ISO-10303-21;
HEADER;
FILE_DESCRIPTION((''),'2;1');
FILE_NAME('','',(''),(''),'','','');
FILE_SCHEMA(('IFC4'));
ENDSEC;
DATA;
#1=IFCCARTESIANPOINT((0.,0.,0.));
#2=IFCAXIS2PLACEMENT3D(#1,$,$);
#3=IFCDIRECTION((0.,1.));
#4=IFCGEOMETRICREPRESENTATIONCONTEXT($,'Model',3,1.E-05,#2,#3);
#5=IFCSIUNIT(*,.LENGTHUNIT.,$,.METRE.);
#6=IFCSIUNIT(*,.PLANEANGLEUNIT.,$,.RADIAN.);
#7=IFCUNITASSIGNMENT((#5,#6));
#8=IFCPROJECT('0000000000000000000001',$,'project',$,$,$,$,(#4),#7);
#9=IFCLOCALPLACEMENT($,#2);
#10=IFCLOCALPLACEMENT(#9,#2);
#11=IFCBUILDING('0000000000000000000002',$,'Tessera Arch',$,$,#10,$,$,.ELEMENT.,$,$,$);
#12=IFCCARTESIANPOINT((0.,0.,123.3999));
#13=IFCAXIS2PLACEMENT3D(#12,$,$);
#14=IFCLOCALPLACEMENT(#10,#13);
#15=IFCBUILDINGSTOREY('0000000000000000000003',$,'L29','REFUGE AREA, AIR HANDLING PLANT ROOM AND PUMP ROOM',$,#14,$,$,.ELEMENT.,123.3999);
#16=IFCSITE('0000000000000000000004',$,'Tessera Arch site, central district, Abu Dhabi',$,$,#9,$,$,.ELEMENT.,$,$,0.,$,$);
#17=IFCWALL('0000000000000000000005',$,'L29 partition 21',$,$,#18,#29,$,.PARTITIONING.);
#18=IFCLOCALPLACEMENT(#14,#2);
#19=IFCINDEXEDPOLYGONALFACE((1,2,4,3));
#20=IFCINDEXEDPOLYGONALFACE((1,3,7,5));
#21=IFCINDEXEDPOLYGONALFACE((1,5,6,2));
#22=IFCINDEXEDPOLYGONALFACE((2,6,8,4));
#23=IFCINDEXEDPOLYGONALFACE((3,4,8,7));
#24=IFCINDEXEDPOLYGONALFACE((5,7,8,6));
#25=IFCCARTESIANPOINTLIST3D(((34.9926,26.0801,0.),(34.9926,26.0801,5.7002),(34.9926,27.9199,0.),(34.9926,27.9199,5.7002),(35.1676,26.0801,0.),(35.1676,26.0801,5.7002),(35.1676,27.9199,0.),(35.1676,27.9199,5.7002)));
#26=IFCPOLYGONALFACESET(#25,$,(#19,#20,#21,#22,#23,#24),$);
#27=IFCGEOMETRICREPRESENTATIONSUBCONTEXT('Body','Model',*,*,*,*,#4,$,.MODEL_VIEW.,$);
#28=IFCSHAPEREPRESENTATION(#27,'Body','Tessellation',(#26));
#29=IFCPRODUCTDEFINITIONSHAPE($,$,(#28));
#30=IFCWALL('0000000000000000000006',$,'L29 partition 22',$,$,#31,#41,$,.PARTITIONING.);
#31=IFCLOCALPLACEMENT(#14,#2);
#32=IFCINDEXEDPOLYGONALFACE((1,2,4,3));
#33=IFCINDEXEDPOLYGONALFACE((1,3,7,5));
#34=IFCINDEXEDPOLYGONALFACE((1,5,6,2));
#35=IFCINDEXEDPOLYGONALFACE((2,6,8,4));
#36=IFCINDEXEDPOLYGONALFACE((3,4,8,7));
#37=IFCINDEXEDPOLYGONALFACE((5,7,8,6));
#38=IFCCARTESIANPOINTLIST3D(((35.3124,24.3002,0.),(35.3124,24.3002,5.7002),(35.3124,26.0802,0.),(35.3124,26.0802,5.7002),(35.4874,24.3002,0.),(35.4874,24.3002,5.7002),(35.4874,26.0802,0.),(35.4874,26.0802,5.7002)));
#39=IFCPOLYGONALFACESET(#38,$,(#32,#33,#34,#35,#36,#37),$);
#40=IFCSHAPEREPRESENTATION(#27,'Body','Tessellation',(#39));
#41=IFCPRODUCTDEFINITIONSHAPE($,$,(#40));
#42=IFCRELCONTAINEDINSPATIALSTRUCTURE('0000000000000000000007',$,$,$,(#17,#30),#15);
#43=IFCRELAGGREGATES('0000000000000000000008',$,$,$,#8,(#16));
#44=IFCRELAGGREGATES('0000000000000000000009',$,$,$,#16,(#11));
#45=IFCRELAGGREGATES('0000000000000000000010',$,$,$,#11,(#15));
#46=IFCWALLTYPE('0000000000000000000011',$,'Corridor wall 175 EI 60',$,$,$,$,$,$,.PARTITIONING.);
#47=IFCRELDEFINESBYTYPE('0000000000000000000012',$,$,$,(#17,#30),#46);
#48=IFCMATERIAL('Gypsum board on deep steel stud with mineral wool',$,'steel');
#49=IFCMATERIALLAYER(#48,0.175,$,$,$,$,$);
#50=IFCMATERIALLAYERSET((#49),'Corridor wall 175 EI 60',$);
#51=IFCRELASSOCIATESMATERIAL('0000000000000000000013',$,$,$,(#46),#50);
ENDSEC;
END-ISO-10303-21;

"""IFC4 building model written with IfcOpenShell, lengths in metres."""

from ifc_helpers import new_model, si_unit, direction, frame, frame_2d, origin, place, context, subcontext, project, spatial, rectangle, extrude, material, layer, layer_set, type_object, element, save


model = new_model("IFC4")

# Units and contexts
model_context = context("Model", 3, precision=1e-05, world=origin(), true_north=direction((0.0, 1.0)))
body_context = subcontext(model_context, "Body", "Model", "MODEL_VIEW")
ifc_project = project(units=[si_unit("LENGTHUNIT", "METRE"), si_unit("PLANEANGLEUNIT", "RADIAN")], contexts=[model_context])

# Site, building, storey
site_placement = place(None, origin())
site = spatial("IfcSite", under=ifc_project, at=site_placement, Name="Tessera Arch site, central district, Abu Dhabi", CompositionType="ELEMENT", RefElevation=0.0)
building_placement = place(site_placement, origin())
building = spatial("IfcBuilding", under=site, at=building_placement, Name="Tessera Arch", CompositionType="ELEMENT")
storey_placement = place(building_placement, frame((0.0, 0.0, 123.3999)))
storey = spatial("IfcBuildingStorey", under=building, at=storey_placement, Name="L29", Description="REFUGE AREA, AIR HANDLING PLANT ROOM AND PUMP ROOM", CompositionType="ELEMENT", Elevation=123.3999)

# Walls
ifc_material_1 = material(Name="Gypsum board on deep steel stud with mineral wool", Category="steel")
ifc_layer_1 = layer(ifc_material_1, 0.175)
ifc_layer_set_1 = layer_set([ifc_layer_1], Name="Corridor wall 175 EI 60")
wall_type = type_object("IfcWallType", Name="Corridor wall 175 EI 60", PredefinedType="PARTITIONING", material=ifc_layer_set_1)
wall_1_placement = place(storey_placement, frame((35.0801, 26.0801, 0.0), z_axis=(0.0, 0.0, 1.0), x_axis=(0.0, 1.0, 0.0)))
element("IfcWall", 1, at=wall_1_placement, inside=storey, type_object=wall_type, Name="L29 partition 21", PredefinedType="PARTITIONING", context=body_context, shape_type="SweptSolid", body=[
    extrude(rectangle(XDim=1.8398, YDim=0.175, at=frame_2d((0.9199, 0.0))), origin(), (0.0, 0.0, 1.0), 5.7002),
])
wall_2_placement = place(storey_placement, frame((35.3999, 24.3, 0.0), z_axis=(0.0, 0.0, 1.0), x_axis=(0.0, 1.0, 0.0)))
element("IfcWall", 2, at=wall_2_placement, inside=storey, type_object=wall_type, Name="L29 partition 22", PredefinedType="PARTITIONING", context=body_context, shape_type="SweptSolid", body=[
    extrude(rectangle(XDim=1.78, YDim=0.175, at=frame_2d((0.8901, 0.0))), origin(), (0.0, 0.0, 1.0), 5.7002),
])

save(model, "model.ifc")
